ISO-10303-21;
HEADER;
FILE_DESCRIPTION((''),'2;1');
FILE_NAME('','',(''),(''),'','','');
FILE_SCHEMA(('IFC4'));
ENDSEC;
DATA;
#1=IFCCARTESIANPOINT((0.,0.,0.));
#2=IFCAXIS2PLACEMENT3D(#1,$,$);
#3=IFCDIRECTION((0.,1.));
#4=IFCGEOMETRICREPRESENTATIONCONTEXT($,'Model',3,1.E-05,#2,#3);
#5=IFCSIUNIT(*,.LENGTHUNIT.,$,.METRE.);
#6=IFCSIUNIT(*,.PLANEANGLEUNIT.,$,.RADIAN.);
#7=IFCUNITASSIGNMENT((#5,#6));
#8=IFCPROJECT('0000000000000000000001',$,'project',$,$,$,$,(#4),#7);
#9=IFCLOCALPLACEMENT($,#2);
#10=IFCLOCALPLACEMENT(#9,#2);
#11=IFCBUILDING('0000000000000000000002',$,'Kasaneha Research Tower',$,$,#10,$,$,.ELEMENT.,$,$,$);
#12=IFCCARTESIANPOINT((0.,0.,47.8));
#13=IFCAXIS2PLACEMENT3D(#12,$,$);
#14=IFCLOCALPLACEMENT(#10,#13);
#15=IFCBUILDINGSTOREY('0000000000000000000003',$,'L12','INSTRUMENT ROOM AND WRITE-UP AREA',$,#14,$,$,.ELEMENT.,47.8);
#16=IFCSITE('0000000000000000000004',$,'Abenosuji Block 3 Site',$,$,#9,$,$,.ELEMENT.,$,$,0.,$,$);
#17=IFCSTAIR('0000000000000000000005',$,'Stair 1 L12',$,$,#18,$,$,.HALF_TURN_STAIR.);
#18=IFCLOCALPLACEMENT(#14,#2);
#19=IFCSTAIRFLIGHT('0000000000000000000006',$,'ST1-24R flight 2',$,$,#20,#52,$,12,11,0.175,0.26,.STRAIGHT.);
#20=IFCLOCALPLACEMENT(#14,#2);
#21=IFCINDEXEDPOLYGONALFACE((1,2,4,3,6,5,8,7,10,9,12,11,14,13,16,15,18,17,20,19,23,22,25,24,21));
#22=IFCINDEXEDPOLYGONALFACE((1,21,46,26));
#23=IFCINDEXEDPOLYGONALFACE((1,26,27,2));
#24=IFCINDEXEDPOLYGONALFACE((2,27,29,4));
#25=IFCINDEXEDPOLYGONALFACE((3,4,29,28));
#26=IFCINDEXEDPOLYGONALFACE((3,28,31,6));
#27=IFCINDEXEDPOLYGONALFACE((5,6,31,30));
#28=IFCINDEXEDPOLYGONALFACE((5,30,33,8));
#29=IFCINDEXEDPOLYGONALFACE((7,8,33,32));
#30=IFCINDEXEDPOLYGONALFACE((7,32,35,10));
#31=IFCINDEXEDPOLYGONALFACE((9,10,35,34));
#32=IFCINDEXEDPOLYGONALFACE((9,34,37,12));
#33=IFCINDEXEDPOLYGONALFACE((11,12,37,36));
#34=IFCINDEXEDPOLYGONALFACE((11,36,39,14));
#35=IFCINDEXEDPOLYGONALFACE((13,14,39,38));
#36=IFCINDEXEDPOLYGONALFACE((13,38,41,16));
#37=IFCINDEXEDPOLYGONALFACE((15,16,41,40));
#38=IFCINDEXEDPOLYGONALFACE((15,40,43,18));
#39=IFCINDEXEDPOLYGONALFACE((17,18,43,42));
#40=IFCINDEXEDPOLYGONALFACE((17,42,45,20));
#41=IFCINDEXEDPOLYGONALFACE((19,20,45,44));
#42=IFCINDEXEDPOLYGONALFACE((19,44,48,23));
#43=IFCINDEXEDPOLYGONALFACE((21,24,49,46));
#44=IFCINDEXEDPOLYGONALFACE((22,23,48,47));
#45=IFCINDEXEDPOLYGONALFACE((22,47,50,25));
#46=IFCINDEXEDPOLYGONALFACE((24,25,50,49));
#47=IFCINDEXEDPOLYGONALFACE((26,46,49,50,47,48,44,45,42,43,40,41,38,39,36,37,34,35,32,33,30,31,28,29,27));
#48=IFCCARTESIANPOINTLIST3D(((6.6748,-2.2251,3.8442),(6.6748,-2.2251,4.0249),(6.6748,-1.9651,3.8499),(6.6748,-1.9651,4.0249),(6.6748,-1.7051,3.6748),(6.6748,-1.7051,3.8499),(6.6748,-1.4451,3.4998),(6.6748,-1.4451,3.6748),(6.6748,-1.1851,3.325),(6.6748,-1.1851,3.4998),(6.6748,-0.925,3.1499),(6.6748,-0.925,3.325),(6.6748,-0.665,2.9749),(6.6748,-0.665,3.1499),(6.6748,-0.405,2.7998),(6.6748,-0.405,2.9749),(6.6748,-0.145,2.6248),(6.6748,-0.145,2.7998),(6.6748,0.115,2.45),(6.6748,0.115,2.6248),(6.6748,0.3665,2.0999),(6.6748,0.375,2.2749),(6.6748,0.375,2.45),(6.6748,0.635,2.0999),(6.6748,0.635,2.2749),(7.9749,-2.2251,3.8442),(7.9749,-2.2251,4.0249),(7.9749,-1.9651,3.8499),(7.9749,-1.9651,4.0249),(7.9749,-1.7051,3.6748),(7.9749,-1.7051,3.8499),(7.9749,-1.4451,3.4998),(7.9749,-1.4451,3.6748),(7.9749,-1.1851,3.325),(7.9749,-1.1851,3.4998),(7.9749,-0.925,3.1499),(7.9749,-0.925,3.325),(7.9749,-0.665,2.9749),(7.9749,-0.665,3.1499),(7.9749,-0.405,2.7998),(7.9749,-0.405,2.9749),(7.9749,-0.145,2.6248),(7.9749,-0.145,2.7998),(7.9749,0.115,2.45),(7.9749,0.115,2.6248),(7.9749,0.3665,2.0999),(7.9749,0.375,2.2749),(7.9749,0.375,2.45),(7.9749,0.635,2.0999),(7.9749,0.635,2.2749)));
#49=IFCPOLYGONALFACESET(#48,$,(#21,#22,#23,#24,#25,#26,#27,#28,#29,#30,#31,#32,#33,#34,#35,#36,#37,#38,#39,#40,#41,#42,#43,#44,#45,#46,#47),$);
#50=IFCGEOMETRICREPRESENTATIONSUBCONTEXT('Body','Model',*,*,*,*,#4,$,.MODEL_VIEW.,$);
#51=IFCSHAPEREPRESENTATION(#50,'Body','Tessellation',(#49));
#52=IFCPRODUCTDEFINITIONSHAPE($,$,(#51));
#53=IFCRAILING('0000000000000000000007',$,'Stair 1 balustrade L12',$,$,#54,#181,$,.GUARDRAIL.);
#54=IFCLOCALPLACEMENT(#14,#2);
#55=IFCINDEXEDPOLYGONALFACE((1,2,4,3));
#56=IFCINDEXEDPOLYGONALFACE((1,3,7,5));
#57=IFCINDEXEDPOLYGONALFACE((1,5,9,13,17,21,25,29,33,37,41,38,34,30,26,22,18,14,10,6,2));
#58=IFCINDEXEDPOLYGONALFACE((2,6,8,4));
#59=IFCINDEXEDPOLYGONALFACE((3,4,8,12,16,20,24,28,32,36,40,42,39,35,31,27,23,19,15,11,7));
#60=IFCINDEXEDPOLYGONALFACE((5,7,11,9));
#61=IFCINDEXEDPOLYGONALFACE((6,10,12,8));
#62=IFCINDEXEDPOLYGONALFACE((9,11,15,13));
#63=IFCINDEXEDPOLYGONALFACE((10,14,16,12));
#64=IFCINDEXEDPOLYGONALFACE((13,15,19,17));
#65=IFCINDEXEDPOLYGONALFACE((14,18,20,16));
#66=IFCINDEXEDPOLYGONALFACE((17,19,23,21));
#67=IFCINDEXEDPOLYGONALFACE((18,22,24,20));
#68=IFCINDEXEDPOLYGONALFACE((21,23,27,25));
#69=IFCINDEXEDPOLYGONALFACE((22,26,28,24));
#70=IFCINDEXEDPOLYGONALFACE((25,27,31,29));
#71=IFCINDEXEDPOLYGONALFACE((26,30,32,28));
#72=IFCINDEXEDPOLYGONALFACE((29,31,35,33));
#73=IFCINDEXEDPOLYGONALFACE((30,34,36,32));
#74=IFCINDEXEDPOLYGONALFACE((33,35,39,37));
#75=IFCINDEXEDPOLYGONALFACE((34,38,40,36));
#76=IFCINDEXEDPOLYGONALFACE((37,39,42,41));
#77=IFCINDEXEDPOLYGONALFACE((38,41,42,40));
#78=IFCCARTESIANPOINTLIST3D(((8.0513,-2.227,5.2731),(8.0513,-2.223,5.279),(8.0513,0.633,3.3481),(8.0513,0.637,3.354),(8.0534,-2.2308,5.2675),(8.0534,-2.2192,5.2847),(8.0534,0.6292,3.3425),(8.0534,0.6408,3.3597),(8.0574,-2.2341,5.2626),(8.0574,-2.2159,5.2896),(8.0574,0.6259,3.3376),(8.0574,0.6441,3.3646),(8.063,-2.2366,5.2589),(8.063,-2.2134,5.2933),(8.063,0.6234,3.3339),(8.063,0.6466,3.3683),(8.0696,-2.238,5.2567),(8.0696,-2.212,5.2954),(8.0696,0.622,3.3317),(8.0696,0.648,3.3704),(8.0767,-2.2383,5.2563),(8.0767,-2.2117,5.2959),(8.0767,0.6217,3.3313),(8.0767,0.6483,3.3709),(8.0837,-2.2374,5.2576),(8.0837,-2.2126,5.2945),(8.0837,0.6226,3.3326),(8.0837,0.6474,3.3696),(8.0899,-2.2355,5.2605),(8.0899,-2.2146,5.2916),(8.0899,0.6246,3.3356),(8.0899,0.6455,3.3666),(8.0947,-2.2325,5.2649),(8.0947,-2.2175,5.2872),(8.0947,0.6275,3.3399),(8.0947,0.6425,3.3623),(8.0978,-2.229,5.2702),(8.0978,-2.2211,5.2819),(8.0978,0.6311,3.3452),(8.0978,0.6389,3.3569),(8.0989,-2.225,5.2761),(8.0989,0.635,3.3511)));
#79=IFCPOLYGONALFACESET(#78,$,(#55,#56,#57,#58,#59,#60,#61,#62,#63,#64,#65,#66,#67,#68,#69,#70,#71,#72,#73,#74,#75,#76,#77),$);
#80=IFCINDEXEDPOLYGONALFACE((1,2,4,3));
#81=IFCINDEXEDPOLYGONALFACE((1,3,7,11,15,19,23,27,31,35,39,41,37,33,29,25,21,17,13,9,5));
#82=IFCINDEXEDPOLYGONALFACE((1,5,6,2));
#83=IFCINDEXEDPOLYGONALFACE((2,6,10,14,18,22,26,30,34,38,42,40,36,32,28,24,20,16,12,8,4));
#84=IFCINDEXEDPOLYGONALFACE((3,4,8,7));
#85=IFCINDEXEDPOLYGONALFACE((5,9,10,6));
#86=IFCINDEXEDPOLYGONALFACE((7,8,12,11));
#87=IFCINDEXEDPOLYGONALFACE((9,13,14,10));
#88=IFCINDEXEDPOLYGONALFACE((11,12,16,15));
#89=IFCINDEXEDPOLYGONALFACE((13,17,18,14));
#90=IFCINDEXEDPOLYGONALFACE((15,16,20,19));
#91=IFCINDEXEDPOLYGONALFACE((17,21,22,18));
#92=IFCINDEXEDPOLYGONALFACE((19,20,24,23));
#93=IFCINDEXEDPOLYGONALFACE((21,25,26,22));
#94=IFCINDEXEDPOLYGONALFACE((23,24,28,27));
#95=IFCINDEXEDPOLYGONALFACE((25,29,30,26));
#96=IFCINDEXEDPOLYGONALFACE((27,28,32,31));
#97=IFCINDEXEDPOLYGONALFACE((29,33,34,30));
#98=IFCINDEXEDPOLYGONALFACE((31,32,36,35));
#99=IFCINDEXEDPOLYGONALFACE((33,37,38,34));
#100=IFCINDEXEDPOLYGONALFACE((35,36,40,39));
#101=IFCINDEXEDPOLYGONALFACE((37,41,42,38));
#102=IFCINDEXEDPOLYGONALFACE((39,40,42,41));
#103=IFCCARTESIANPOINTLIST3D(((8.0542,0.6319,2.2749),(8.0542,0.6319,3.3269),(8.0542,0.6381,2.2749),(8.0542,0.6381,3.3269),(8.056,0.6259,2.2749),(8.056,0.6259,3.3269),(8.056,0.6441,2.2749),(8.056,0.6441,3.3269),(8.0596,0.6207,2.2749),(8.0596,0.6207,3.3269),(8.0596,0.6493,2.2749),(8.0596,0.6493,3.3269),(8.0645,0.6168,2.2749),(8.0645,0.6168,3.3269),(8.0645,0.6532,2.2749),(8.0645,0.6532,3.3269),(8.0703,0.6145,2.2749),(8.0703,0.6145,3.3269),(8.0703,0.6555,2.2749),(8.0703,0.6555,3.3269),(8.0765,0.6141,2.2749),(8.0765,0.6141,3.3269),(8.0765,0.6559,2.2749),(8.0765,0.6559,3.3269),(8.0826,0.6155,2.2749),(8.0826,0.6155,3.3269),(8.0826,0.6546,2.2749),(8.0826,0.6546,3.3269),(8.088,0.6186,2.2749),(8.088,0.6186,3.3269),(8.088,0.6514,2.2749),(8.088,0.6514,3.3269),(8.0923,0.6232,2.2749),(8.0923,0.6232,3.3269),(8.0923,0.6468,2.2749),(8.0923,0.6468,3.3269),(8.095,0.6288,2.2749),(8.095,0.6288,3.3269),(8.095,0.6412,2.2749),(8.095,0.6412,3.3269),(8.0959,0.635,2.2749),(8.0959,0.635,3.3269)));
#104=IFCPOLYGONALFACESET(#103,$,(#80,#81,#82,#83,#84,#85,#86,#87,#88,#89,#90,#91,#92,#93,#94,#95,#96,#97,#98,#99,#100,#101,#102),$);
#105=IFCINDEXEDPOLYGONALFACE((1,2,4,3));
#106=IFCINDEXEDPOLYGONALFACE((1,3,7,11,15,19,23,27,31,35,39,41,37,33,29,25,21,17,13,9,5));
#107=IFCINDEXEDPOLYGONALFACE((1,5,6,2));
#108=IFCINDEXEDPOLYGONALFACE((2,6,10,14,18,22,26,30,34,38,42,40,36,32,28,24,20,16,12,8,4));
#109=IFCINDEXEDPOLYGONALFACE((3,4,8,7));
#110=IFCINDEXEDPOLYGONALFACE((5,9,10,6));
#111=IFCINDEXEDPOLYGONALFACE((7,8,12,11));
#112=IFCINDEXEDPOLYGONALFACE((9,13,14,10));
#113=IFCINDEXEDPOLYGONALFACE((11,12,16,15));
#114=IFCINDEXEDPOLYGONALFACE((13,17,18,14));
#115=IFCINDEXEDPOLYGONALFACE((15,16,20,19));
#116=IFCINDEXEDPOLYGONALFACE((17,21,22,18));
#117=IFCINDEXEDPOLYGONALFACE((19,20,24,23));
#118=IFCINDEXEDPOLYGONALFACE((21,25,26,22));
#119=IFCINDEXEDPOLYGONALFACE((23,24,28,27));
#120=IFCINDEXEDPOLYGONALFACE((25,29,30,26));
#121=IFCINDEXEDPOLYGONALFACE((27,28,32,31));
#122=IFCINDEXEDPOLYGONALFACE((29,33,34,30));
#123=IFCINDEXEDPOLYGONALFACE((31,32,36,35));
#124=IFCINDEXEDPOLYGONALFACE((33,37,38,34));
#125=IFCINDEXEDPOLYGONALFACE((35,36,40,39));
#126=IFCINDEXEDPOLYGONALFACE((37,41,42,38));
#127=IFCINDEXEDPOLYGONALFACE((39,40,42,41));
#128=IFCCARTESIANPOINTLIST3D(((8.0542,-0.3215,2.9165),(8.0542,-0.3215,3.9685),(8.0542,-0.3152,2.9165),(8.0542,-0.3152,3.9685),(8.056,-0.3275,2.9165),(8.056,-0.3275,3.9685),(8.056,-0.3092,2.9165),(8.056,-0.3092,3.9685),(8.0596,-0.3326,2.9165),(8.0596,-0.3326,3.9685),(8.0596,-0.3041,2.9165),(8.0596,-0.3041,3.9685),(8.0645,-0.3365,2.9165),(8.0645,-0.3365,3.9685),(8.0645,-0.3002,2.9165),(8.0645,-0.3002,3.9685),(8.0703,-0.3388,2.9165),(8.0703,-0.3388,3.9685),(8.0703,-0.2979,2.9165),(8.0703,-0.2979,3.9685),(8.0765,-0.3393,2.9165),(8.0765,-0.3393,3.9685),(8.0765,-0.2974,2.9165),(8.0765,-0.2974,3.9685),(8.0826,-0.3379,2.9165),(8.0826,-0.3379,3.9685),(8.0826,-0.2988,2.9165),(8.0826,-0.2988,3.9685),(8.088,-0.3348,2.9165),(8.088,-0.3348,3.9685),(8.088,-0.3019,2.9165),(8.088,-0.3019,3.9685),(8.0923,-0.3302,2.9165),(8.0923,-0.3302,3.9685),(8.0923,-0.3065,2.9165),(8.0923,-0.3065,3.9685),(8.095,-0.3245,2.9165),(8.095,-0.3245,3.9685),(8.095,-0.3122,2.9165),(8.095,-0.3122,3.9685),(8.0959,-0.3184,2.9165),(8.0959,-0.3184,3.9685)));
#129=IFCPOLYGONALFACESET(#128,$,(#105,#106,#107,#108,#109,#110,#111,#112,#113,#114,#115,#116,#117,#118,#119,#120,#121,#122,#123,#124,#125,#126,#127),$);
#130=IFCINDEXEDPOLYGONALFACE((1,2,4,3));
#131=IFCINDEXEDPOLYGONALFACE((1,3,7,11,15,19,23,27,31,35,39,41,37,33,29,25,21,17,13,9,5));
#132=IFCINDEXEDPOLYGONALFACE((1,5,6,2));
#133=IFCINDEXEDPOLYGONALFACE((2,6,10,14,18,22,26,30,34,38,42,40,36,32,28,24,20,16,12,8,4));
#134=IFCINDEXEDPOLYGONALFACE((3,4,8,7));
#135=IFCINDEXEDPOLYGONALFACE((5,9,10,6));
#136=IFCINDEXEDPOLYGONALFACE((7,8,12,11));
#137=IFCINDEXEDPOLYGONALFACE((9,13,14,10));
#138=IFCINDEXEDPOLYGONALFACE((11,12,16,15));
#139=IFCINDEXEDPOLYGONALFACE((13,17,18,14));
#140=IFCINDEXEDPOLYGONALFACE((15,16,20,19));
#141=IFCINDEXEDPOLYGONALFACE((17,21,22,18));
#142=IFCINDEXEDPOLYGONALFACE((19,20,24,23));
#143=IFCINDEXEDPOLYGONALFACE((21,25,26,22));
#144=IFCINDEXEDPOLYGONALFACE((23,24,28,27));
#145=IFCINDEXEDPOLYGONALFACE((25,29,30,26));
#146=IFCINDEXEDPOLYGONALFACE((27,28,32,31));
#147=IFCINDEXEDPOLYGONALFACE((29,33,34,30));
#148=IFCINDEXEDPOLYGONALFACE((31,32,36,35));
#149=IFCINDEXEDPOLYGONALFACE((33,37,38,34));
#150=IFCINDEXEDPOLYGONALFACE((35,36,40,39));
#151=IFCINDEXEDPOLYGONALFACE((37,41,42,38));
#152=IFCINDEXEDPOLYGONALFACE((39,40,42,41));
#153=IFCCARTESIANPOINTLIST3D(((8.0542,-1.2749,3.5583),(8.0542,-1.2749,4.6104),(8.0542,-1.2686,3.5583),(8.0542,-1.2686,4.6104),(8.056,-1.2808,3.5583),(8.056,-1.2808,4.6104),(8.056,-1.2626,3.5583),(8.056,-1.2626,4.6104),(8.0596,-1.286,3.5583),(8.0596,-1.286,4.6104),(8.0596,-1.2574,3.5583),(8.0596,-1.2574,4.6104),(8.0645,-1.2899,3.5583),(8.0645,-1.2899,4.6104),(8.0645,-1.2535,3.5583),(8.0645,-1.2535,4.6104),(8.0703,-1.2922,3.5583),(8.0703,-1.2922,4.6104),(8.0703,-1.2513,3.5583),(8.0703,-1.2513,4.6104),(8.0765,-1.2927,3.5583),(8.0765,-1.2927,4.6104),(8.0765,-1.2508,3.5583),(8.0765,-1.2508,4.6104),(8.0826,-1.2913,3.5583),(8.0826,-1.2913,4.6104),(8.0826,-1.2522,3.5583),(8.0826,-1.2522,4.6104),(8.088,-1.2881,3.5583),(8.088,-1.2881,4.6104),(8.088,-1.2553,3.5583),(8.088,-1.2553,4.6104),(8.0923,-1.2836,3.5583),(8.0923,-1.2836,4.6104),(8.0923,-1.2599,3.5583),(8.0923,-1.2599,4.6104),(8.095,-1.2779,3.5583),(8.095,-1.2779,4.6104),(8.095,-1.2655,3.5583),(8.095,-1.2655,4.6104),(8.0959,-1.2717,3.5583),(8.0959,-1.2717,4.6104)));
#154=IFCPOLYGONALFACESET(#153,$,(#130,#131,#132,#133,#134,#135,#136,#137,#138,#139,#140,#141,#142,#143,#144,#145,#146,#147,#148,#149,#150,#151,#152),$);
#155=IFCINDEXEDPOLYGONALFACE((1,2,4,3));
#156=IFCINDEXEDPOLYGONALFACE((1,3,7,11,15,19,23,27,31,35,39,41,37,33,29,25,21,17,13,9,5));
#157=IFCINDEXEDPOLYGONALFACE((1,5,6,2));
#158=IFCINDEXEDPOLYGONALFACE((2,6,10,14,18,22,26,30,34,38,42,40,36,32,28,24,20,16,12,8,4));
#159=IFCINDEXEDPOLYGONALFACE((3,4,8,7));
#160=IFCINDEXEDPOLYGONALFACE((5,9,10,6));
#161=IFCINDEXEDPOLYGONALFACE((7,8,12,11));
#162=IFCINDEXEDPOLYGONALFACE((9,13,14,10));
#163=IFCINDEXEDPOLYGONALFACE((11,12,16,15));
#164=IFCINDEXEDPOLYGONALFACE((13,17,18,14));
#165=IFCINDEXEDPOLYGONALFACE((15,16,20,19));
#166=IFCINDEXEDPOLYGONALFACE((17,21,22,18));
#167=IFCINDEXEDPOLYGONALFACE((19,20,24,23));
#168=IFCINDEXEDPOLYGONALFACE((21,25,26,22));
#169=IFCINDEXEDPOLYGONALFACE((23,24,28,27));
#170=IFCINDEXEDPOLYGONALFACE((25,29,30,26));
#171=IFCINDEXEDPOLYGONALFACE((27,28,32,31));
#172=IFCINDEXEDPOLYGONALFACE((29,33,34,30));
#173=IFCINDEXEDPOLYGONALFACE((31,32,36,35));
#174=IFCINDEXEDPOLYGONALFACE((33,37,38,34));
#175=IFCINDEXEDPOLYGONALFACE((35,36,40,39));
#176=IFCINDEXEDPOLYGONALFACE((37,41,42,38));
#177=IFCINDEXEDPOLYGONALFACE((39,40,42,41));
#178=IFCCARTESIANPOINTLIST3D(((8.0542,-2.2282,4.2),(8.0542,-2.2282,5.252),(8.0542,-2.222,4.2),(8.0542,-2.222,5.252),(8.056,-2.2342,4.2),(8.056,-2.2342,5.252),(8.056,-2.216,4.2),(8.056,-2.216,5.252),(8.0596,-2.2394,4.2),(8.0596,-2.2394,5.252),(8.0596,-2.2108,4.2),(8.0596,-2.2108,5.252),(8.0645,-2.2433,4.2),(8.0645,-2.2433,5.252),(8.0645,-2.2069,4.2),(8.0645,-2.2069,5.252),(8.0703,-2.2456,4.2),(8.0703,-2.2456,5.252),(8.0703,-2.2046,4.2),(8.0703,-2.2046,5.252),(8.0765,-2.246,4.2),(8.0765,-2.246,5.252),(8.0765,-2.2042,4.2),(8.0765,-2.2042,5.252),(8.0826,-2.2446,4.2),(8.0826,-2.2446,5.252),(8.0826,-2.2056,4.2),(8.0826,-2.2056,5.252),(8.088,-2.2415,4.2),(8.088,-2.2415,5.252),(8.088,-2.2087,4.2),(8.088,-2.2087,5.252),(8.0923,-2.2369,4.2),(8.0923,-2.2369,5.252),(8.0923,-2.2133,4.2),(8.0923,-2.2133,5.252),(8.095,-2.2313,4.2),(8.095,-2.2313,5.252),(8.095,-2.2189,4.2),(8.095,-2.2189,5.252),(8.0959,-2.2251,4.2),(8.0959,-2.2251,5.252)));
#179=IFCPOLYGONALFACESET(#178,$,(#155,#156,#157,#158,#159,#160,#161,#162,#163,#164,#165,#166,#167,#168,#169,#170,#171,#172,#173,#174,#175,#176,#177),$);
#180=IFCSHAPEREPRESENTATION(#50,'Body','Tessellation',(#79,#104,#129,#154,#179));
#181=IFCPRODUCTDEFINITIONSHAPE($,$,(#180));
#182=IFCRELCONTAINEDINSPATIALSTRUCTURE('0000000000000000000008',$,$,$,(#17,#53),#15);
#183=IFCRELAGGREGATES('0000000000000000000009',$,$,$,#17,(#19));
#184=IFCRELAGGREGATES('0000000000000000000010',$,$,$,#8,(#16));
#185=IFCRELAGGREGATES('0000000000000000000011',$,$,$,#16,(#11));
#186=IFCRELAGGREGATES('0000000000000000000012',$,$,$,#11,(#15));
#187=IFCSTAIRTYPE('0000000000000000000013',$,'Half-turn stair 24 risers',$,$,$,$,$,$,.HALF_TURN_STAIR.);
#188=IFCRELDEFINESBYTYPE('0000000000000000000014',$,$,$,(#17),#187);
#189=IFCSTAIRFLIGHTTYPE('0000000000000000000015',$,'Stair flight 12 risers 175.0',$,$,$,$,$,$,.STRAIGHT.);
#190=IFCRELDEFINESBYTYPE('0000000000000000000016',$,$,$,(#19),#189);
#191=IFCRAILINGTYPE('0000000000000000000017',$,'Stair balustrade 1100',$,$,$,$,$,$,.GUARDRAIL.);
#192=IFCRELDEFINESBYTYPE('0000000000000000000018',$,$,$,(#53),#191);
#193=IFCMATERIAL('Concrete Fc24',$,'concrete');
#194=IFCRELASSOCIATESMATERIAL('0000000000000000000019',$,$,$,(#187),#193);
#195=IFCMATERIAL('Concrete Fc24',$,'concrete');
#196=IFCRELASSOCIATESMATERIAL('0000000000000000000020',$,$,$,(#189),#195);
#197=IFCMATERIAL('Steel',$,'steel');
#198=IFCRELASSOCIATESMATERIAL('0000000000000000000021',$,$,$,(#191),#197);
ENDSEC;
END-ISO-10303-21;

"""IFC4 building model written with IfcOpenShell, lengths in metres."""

from ifc_helpers import new_model, si_unit, direction, frame, origin, origin_2d, place, context, subcontext, project, spatial, polyline, circle, outline, extrude, material, type_object, element, aggregate, save


model = new_model("IFC4")

# Units and contexts
model_context = context("Model", 3, precision=1e-05, world=origin(), true_north=direction((0.0, 1.0)))
body_context = subcontext(model_context, "Body", "Model", "MODEL_VIEW")
ifc_project = project(units=[si_unit("LENGTHUNIT", "METRE"), si_unit("PLANEANGLEUNIT", "RADIAN")], contexts=[model_context])

# Site, building, storey
site_placement = place(None, origin())
site = spatial("IfcSite", under=ifc_project, at=site_placement, Name="Abenosuji Block 3 Site", CompositionType="ELEMENT", RefElevation=0.0)
building_placement = place(site_placement, origin())
building = spatial("IfcBuilding", under=site, at=building_placement, Name="Kasaneha Research Tower", CompositionType="ELEMENT")
storey_placement = place(building_placement, frame((0.0, 0.0, 47.8)))
storey = spatial("IfcBuildingStorey", under=building, at=storey_placement, Name="L12", Description="INSTRUMENT ROOM AND WRITE-UP AREA", CompositionType="ELEMENT", Elevation=47.8)

# Shared definitions
ifc_material_1 = material(Name="Concrete Fc24", Category="concrete")
stair_type = type_object("IfcStairType", Name="Half-turn stair 24 risers", PredefinedType="HALF_TURN_STAIR", material=ifc_material_1)

# Stair, stair flight
stair_1_placement = place(storey_placement, origin())
stair_1 = element("IfcStair", 1, at=stair_1_placement, inside=storey, type_object=stair_type, Name="Stair 1 L12", PredefinedType="HALF_TURN_STAIR")
ifc_material_2 = material(Name="Concrete Fc24", Category="concrete")
stair_flight_type = type_object("IfcStairFlightType", Name="Stair flight 12 risers 175.0", PredefinedType="STRAIGHT", material=ifc_material_2)
stair_flight_placement = place(storey_placement, frame((7.325, 0.635, 2.0999), z_axis=(0.0, 0.0, 1.0), x_axis=(0.0, -1.0, 0.0)))
stair_flight = element("IfcStairFlight", 2, at=stair_flight_placement, type_object=stair_flight_type, Name="ST1-24R flight 2", NumberOfRisers=12, NumberOfTreads=11, PredefinedType="STRAIGHT", RiserHeight=0.175, TreadLength=0.26, context=body_context, shape_type="SweptSolid", body=[
    extrude(outline(polyline([(0.0, 0.0), (0.0, 0.175), (0.26, 0.175), (0.26, 0.3501), (0.52, 0.3501), (0.52, 0.5249), (0.78, 0.5249), (0.78, 0.7), (1.04, 0.7), (1.04, 0.875), (1.3, 0.875), (1.3, 1.05), (1.5601, 1.05), (1.5601, 1.2251), (1.8201, 1.2251), (1.8201, 1.3999), (2.0801, 1.3999), (2.0801, 1.575), (2.3401, 1.575), (2.3401, 1.75), (2.6001, 1.75), (2.6001, 1.925), (2.8601, 1.925), (2.8601, 2.1001), (2.8601, 1.7444), (0.2686, 0.0), (0.0, 0.0)])), frame((0.0, 0.6499, 0.0), z_axis=(0.0, -1.0, 0.0), x_axis=(1.0, 0.0, 0.0)), (0.0, 0.0, 1.0), 1.3),
])
aggregate(stair_1, [stair_flight])

# Railing
ifc_material_3 = material(Name="Steel", Category="steel")
railing_type_1 = type_object("IfcRailingType", Name="Stair balustrade 1100", PredefinedType="GUARDRAIL", material=ifc_material_3)
railing_1_placement = place(storey_placement, frame((8.075, 0.635, 2.2749)))
element("IfcRailing", 3, at=railing_1_placement, inside=storey, type_object=railing_type_1, Name="Stair 1 balustrade L12", PredefinedType="GUARDRAIL", context=body_context, shape_type="SweptSolid", body=[
    extrude(circle(Radius=0.0239, at=origin_2d()), frame((0.0, 0.0, 1.0762), z_axis=(0.0, -0.829591, 0.558372), x_axis=(1.0, 0.0, 0.0)), (0.0, 0.0, 1.0), 3.4475),
    extrude(circle(Radius=0.021, at=origin_2d()), origin(), (0.0, 0.0, 1.0), 1.052),
    extrude(circle(Radius=0.021, at=origin_2d()), frame((0.0, -0.9534, 0.6416)), (0.0, 0.0, 1.0), 1.052),
    extrude(circle(Radius=0.021, at=origin_2d()), frame((0.0, -1.9067, 1.2834)), (0.0, 0.0, 1.0), 1.052),
    extrude(circle(Radius=0.021, at=origin_2d()), frame((0.0, -2.8601, 1.925)), (0.0, 0.0, 1.0), 1.052),
])

save(model, "model.ifc")
